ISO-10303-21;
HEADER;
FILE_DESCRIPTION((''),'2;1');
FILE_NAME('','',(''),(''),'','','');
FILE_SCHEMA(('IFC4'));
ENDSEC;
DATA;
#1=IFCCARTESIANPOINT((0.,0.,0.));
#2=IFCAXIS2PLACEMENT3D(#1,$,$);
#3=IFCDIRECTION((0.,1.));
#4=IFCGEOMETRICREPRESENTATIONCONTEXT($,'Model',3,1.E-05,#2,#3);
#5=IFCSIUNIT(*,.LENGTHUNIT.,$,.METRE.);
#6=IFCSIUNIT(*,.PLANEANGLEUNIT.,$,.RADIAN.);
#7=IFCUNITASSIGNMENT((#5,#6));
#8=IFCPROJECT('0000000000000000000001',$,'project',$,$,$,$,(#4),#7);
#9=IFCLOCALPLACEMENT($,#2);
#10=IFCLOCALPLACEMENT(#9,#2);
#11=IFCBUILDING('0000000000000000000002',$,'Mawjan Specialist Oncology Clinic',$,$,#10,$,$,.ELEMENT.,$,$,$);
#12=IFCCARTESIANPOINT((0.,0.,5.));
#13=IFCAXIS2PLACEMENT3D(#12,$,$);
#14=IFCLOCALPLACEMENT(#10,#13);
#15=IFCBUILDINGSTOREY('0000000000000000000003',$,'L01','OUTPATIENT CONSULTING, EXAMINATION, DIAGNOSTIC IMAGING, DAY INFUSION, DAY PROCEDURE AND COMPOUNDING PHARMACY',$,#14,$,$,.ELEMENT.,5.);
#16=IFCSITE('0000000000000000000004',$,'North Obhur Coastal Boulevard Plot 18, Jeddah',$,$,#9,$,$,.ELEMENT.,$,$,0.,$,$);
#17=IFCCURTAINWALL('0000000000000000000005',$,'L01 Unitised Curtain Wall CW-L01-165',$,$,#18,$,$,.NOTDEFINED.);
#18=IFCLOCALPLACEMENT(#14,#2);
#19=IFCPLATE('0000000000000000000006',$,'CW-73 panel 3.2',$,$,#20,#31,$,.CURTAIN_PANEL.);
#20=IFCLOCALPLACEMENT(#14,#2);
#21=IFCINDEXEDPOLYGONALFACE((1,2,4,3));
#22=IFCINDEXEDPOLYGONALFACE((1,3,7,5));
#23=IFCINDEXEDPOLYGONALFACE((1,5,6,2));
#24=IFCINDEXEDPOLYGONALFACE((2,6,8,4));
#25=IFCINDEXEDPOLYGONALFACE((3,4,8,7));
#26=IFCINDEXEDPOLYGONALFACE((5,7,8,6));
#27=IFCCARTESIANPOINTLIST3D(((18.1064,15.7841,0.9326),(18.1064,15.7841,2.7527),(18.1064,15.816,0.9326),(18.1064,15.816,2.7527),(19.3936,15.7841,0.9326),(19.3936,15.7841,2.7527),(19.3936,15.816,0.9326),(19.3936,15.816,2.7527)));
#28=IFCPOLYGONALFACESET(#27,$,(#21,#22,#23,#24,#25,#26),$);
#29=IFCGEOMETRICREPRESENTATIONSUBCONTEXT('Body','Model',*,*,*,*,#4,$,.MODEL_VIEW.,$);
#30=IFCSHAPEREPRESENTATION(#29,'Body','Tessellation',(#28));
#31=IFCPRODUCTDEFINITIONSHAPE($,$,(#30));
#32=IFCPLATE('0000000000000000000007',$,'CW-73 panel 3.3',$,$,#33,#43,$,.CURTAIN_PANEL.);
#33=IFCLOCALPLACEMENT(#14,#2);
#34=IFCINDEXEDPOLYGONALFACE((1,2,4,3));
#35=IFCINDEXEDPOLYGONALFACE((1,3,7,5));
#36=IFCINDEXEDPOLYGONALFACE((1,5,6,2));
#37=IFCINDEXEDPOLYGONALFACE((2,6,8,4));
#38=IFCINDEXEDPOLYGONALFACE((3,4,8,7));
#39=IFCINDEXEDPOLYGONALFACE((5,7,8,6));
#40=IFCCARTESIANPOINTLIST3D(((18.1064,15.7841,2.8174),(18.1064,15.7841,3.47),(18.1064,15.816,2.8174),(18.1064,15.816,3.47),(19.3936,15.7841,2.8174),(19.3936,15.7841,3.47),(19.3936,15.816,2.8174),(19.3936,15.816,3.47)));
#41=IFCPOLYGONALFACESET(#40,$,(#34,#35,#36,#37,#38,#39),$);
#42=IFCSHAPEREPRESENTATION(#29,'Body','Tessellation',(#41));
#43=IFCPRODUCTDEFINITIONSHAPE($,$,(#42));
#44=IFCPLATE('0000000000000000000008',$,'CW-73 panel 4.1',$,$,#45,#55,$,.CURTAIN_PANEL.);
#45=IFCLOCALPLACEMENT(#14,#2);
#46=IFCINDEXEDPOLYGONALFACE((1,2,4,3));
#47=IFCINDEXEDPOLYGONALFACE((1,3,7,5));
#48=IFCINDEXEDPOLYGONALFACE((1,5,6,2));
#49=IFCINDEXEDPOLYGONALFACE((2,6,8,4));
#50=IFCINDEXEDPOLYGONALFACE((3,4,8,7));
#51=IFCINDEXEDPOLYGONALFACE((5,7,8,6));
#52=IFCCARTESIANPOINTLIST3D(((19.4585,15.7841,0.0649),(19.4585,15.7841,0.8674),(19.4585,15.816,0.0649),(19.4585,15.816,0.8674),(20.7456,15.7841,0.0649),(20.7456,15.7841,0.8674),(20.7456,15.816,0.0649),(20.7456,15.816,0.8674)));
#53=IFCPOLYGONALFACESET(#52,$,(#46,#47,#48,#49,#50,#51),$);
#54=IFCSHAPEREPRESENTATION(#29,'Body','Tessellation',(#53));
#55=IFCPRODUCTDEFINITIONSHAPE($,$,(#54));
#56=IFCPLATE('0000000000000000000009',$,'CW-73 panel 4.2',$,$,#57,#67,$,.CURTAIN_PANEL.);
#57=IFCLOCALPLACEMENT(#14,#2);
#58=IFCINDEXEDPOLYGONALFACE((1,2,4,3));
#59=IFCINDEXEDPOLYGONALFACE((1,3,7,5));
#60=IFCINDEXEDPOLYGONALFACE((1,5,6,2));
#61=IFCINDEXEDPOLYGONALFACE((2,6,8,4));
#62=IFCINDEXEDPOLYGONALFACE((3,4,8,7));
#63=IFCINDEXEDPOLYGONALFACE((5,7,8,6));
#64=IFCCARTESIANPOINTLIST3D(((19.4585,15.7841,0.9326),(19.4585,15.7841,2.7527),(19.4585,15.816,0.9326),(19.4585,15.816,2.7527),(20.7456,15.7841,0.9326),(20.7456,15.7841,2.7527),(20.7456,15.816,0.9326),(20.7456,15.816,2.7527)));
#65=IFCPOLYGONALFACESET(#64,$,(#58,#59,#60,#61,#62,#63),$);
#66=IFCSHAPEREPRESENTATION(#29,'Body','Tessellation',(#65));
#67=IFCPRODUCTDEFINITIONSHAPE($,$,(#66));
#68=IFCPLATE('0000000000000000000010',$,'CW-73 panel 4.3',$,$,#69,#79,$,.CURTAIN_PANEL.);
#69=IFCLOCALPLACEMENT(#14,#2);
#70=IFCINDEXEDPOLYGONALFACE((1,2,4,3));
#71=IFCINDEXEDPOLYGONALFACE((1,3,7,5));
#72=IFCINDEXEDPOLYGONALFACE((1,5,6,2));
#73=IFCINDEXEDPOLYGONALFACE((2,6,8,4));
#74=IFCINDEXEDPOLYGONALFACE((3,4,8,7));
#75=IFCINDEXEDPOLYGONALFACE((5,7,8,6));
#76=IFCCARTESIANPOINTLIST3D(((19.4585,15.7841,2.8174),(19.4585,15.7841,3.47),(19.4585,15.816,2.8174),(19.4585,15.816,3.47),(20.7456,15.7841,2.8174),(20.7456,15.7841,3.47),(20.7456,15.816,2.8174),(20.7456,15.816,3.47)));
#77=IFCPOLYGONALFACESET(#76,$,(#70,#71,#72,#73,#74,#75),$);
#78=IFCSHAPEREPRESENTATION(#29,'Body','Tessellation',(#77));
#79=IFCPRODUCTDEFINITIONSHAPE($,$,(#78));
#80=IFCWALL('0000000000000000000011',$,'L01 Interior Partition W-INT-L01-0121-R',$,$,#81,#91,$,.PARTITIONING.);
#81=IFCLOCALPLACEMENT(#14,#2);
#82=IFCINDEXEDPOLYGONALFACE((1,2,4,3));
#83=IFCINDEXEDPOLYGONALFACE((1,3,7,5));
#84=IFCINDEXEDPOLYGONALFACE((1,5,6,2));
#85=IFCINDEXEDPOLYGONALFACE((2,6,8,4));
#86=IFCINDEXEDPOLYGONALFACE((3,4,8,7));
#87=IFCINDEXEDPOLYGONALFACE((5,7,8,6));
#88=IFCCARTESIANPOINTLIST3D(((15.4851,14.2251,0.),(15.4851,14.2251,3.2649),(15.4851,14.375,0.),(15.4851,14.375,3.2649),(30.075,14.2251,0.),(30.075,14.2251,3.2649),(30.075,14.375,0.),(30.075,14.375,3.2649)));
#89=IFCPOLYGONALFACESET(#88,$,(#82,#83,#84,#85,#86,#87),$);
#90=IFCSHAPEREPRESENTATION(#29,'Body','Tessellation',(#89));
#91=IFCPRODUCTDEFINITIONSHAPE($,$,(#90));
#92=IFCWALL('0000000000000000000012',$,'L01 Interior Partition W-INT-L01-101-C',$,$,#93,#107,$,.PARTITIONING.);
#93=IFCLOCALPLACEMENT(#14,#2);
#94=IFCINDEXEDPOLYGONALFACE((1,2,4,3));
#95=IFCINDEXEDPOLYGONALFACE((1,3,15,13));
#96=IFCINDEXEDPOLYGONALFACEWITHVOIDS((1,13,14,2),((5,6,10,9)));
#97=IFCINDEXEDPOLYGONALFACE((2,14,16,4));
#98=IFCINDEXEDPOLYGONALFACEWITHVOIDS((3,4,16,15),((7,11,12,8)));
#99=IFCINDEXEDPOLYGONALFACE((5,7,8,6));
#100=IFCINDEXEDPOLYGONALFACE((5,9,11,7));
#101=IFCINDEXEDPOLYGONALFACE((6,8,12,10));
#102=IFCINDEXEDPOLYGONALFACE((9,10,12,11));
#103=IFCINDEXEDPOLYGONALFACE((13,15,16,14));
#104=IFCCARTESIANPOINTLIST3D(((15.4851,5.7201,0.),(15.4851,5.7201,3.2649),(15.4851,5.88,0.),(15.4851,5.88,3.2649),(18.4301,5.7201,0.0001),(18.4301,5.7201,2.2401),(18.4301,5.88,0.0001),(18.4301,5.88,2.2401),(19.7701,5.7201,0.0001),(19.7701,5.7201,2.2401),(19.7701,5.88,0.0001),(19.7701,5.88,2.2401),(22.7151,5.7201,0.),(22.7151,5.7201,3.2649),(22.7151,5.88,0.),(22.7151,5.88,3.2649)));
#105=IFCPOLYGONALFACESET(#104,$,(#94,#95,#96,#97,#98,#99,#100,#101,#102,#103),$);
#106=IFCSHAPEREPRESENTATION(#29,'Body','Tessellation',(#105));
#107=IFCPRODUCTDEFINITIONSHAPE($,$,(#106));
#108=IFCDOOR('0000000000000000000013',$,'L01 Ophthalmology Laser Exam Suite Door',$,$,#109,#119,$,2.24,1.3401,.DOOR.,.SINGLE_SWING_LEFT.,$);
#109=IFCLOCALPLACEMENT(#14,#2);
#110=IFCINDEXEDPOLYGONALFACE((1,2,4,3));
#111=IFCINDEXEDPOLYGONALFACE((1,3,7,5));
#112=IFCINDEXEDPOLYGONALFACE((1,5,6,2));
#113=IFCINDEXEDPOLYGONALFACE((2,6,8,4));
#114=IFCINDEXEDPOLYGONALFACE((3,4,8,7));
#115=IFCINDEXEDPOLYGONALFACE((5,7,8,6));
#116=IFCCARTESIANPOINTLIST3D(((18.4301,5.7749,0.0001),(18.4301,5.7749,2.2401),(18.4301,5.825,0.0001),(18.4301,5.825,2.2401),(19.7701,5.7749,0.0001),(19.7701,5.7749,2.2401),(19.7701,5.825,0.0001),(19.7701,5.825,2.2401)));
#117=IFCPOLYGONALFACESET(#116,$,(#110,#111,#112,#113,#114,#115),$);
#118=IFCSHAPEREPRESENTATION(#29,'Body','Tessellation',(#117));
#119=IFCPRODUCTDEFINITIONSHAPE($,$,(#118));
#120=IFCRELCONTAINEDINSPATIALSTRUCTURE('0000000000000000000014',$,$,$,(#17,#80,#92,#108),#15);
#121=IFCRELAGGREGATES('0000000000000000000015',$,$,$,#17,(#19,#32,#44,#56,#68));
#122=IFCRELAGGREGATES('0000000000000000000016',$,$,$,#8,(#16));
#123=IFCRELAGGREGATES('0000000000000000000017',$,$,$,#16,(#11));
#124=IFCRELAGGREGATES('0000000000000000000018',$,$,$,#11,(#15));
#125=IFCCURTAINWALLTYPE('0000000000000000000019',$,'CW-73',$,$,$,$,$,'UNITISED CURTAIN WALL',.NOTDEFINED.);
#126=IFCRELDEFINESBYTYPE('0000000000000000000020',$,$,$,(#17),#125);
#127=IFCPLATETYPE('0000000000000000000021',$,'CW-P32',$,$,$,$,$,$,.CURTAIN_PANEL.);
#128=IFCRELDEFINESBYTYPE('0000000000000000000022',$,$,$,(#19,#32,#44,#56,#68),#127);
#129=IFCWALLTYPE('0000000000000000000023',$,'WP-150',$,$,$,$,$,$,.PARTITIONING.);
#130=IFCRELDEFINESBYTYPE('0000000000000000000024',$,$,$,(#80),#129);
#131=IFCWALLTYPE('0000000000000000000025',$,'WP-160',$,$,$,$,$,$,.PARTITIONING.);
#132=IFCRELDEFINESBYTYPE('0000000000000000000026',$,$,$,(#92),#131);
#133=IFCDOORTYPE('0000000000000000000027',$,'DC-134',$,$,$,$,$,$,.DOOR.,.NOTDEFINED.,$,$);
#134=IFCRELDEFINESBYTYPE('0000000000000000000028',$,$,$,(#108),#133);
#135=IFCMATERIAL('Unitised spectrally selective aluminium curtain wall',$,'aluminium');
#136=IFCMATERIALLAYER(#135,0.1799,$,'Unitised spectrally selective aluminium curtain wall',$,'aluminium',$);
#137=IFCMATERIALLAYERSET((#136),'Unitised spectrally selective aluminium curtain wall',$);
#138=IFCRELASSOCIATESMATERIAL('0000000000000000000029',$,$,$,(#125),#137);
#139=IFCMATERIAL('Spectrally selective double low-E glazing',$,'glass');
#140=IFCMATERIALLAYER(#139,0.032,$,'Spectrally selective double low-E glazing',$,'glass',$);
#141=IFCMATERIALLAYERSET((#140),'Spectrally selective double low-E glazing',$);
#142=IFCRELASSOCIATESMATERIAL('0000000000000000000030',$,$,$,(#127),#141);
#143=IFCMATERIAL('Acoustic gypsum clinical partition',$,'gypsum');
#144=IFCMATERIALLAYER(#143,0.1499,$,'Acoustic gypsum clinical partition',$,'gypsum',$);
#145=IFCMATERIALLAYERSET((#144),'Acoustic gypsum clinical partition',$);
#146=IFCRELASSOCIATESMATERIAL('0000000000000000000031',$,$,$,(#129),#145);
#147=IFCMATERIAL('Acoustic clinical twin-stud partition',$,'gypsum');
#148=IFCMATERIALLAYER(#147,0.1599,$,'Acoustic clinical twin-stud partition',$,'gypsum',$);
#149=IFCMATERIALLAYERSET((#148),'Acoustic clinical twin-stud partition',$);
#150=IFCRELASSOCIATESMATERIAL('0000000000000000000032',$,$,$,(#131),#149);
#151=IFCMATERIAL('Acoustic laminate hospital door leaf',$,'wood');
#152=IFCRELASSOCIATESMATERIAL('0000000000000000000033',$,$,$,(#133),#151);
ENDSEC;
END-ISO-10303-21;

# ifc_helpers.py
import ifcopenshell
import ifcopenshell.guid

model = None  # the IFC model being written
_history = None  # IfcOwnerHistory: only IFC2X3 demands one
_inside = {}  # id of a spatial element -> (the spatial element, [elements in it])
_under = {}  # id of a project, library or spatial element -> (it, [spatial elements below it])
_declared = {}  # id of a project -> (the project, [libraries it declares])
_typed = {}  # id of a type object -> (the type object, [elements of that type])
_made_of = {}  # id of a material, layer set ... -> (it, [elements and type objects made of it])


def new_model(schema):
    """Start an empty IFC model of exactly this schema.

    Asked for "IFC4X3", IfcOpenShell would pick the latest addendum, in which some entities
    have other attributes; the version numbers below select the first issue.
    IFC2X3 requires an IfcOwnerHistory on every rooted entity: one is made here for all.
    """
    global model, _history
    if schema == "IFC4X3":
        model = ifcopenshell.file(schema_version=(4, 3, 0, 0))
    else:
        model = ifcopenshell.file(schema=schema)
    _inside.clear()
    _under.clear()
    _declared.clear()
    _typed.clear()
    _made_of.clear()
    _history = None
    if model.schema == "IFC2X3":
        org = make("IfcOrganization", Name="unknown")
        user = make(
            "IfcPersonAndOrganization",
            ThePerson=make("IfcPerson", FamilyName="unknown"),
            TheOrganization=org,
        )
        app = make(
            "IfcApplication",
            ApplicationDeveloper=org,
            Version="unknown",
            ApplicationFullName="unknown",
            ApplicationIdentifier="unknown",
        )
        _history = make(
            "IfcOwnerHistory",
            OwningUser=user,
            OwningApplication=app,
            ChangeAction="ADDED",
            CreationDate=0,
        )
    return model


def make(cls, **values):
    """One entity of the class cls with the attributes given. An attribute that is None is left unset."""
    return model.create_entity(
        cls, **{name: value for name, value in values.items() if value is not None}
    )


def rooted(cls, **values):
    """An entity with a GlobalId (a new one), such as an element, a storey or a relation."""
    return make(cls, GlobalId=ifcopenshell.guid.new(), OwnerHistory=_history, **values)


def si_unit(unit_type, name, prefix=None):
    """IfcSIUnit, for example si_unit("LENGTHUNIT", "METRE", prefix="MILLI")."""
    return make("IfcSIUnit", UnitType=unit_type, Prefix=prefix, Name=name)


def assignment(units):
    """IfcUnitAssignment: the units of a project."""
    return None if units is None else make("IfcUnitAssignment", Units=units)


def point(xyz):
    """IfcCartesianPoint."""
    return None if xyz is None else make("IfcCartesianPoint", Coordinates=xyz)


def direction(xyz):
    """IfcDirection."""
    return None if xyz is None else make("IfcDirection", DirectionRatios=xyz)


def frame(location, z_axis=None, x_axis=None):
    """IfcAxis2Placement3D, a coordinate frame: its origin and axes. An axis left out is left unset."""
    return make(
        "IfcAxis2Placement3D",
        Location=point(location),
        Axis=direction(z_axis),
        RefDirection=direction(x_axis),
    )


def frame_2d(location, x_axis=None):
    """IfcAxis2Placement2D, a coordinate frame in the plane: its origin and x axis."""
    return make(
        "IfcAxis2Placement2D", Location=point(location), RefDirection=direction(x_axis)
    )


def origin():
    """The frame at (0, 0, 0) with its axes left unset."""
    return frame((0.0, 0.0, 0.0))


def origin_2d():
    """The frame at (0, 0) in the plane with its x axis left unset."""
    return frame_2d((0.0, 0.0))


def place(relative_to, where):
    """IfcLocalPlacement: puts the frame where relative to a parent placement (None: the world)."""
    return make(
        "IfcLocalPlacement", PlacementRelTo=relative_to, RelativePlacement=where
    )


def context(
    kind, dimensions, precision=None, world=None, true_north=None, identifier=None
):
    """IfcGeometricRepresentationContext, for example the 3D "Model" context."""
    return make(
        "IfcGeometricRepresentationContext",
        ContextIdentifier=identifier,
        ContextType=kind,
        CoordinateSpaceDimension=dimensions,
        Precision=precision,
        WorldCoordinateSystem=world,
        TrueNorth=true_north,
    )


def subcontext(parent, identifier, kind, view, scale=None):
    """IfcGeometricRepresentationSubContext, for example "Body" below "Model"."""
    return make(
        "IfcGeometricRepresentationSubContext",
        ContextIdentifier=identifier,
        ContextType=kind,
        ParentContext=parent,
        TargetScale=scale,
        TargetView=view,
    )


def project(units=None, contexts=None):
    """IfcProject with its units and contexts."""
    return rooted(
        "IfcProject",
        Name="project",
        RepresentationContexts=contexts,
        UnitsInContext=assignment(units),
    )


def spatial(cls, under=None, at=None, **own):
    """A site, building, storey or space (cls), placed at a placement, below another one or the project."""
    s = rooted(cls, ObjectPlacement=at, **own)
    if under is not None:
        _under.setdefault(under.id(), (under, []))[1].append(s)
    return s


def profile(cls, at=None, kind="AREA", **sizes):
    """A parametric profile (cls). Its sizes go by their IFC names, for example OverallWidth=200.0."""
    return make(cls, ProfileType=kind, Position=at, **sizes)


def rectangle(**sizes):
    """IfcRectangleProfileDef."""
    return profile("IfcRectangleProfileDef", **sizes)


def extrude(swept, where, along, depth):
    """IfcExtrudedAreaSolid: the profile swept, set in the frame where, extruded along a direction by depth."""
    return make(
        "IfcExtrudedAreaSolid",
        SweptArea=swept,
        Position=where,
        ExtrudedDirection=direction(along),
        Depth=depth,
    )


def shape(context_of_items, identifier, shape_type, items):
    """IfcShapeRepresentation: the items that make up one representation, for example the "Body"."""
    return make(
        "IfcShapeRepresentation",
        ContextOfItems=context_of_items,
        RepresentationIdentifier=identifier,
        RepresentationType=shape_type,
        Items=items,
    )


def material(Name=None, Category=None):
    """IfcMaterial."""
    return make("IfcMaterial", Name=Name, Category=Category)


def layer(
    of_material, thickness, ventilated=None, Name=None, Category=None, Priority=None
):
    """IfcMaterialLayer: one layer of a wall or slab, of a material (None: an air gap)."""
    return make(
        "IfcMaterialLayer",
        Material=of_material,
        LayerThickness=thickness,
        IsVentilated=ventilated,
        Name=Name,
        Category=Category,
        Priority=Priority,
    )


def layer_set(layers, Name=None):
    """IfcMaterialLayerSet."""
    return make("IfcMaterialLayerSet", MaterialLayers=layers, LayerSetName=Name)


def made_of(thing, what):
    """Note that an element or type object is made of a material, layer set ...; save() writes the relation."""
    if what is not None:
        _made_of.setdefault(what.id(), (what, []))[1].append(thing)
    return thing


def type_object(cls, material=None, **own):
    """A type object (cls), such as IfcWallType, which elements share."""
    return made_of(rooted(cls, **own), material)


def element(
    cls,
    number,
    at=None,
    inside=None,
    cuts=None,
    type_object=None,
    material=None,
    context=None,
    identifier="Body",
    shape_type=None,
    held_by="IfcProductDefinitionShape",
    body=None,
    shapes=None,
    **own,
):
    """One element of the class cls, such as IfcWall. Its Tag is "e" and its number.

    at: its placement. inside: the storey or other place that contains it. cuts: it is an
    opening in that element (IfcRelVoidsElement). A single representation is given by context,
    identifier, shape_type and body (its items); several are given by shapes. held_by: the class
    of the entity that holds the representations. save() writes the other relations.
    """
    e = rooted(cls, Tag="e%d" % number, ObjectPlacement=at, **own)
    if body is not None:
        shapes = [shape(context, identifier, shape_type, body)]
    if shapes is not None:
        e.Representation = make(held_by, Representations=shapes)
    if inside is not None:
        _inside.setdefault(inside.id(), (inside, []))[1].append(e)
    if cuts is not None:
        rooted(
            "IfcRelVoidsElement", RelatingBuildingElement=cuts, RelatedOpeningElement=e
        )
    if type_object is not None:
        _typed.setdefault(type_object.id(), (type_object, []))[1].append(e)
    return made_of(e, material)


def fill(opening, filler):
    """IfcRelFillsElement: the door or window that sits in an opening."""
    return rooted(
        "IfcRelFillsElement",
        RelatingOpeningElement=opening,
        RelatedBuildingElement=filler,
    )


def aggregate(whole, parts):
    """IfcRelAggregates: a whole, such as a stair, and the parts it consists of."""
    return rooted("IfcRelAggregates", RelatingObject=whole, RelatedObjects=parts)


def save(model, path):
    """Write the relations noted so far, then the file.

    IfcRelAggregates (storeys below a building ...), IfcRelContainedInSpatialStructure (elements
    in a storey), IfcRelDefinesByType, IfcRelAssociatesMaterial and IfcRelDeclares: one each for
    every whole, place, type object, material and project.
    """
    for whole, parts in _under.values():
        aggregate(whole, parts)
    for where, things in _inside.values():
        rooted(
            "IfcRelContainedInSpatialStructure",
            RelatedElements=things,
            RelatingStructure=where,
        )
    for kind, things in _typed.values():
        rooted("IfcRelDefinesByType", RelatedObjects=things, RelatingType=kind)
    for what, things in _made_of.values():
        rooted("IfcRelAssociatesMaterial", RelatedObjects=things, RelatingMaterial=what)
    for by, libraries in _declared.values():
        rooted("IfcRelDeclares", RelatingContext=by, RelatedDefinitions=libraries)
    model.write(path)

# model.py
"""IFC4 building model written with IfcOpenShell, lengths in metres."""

from ifc_helpers import new_model, si_unit, direction, frame, frame_2d, origin, origin_2d, place, context, subcontext, project, spatial, rectangle, extrude, material, layer, layer_set, type_object, element, fill, aggregate, save


model = new_model("IFC4")

# Units and contexts
model_context = context("Model", 3, precision=1e-05, world=origin(), true_north=direction((0.0, 1.0)))
body_context = subcontext(model_context, "Body", "Model", "MODEL_VIEW")
ifc_project = project(units=[si_unit("LENGTHUNIT", "METRE"), si_unit("PLANEANGLEUNIT", "RADIAN")], contexts=[model_context])

# Site, building, storey
site_placement = place(None, origin())
site = spatial("IfcSite", under=ifc_project, at=site_placement, Name="North Obhur Coastal Boulevard Plot 18, Jeddah", CompositionType="ELEMENT", RefElevation=0.0)
building_placement = place(site_placement, origin())
building = spatial("IfcBuilding", under=site, at=building_placement, Name="Mawjan Specialist Oncology Clinic", CompositionType="ELEMENT")
storey_placement = place(building_placement, frame((0.0, 0.0, 5.0)))
storey = spatial("IfcBuildingStorey", under=building, at=storey_placement, Name="L01", Description="OUTPATIENT CONSULTING, EXAMINATION, DIAGNOSTIC IMAGING, DAY INFUSION, DAY PROCEDURE AND COMPOUNDING PHARMACY", CompositionType="ELEMENT", Elevation=5.0)

# Curtain wall, plates
ifc_material_1 = material(Name="Unitised spectrally selective aluminium curtain wall", Category="aluminium")
ifc_layer_1 = layer(ifc_material_1, 0.1799, Name="Unitised spectrally selective aluminium curtain wall", Category="aluminium")
ifc_layer_set_1 = layer_set([ifc_layer_1], Name="Unitised spectrally selective aluminium curtain wall")
curtain_wall_type = type_object("IfcCurtainWallType", Name="CW-73", ElementType="UNITISED CURTAIN WALL", PredefinedType="NOTDEFINED", material=ifc_layer_set_1)
curtain_wall_placement = place(storey_placement, origin())
curtain_wall = element("IfcCurtainWall", 1, at=curtain_wall_placement, inside=storey, type_object=curtain_wall_type, Name="L01 Unitised Curtain Wall CW-L01-165", PredefinedType="NOTDEFINED")
ifc_material_2 = material(Name="Spectrally selective double low-E glazing", Category="glass")
ifc_layer_2 = layer(ifc_material_2, 0.032, Name="Spectrally selective double low-E glazing", Category="glass")
ifc_layer_set_2 = layer_set([ifc_layer_2], Name="Spectrally selective double low-E glazing")
plate_type = type_object("IfcPlateType", Name="CW-P32", PredefinedType="CURTAIN_PANEL", material=ifc_layer_set_2)
plate_1_placement = place(storey_placement, frame((18.75, 15.8, 0.9326), z_axis=(0.0, 0.0, 1.0), x_axis=(1.0, 0.0, 0.0)))
plate_1 = element("IfcPlate", 2, at=plate_1_placement, type_object=plate_type, Name="CW-73 panel 3.2", PredefinedType="CURTAIN_PANEL", context=body_context, shape_type="SweptSolid", body=[
    extrude(rectangle(XDim=1.2871, YDim=0.032, at=origin_2d()), origin(), (0.0, 0.0, 1.0), 1.8201),
])
plate_2_placement = place(storey_placement, frame((18.75, 15.8, 2.8174), z_axis=(0.0, 0.0, 1.0), x_axis=(1.0, 0.0, 0.0)))
plate_2 = element("IfcPlate", 3, at=plate_2_placement, type_object=plate_type, Name="CW-73 panel 3.3", PredefinedType="CURTAIN_PANEL", context=body_context, shape_type="SweptSolid", body=[
    extrude(rectangle(XDim=1.2871, YDim=0.032, at=origin_2d()), origin(), (0.0, 0.0, 1.0), 0.6526),
])
plate_3_placement = place(storey_placement, frame((20.1021, 15.8, 0.0649), z_axis=(0.0, 0.0, 1.0), x_axis=(1.0, 0.0, 0.0)))
plate_3 = element("IfcPlate", 4, at=plate_3_placement, type_object=plate_type, Name="CW-73 panel 4.1", PredefinedType="CURTAIN_PANEL", context=body_context, shape_type="SweptSolid", body=[
    extrude(rectangle(XDim=1.2871, YDim=0.032, at=origin_2d()), origin(), (0.0, 0.0, 1.0), 0.8025),
])
plate_4_placement = place(storey_placement, frame((20.1021, 15.8, 0.9326), z_axis=(0.0, 0.0, 1.0), x_axis=(1.0, 0.0, 0.0)))
plate_4 = element("IfcPlate", 5, at=plate_4_placement, type_object=plate_type, Name="CW-73 panel 4.2", PredefinedType="CURTAIN_PANEL", context=body_context, shape_type="SweptSolid", body=[
    extrude(rectangle(XDim=1.2871, YDim=0.032, at=origin_2d()), origin(), (0.0, 0.0, 1.0), 1.8201),
])
plate_5_placement = place(storey_placement, frame((20.1021, 15.8, 2.8174), z_axis=(0.0, 0.0, 1.0), x_axis=(1.0, 0.0, 0.0)))
plate_5 = element("IfcPlate", 6, at=plate_5_placement, type_object=plate_type, Name="CW-73 panel 4.3", PredefinedType="CURTAIN_PANEL", context=body_context, shape_type="SweptSolid", body=[
    extrude(rectangle(XDim=1.2871, YDim=0.032, at=origin_2d()), origin(), (0.0, 0.0, 1.0), 0.6526),
])
aggregate(curtain_wall, [plate_1, plate_2, plate_3, plate_4, plate_5])

# Wall
ifc_material_3 = material(Name="Acoustic gypsum clinical partition", Category="gypsum")
ifc_layer_3 = layer(ifc_material_3, 0.1499, Name="Acoustic gypsum clinical partition", Category="gypsum")
ifc_layer_set_3 = layer_set([ifc_layer_3], Name="Acoustic gypsum clinical partition")
wall_type_1 = type_object("IfcWallType", Name="WP-150", PredefinedType="PARTITIONING", material=ifc_layer_set_3)
wall_1_placement = place(storey_placement, frame((15.4851, 14.3, 0.0), z_axis=(0.0, 0.0, 1.0), x_axis=(1.0, 0.0, 0.0)))
element("IfcWall", 7, at=wall_1_placement, inside=storey, type_object=wall_type_1, Name="L01 Interior Partition W-INT-L01-0121-R", PredefinedType="PARTITIONING", context=body_context, shape_type="SweptSolid", body=[
    extrude(rectangle(XDim=14.5898, YDim=0.1499, at=frame_2d((7.2949, 0.0))), origin(), (0.0, 0.0, 1.0), 3.2649),
])

# Wall, opening, door
ifc_material_4 = material(Name="Acoustic clinical twin-stud partition", Category="gypsum")
ifc_layer_4 = layer(ifc_material_4, 0.1599, Name="Acoustic clinical twin-stud partition", Category="gypsum")
ifc_layer_set_4 = layer_set([ifc_layer_4], Name="Acoustic clinical twin-stud partition")
wall_type_2 = type_object("IfcWallType", Name="WP-160", PredefinedType="PARTITIONING", material=ifc_layer_set_4)
wall_2_placement = place(storey_placement, frame((15.4851, 5.8, 0.0), z_axis=(0.0, 0.0, 1.0), x_axis=(1.0, 0.0, 0.0)))
wall_2 = element("IfcWall", 8, at=wall_2_placement, inside=storey, type_object=wall_type_2, Name="L01 Interior Partition W-INT-L01-101-C", PredefinedType="PARTITIONING", context=body_context, shape_type="SweptSolid", body=[
    extrude(rectangle(XDim=7.23, YDim=0.1599, at=frame_2d((3.615, 0.0))), origin(), (0.0, 0.0, 1.0), 3.2649),
])
opening_placement = place(wall_2_placement, frame((2.9451, 0.0, 0.0)))
opening = element("IfcOpeningElement", 9, at=opening_placement, cuts=wall_2, PredefinedType="OPENING", context=body_context, shape_type="SweptSolid", body=[
    extrude(rectangle(XDim=1.3401, YDim=2.24, at=frame_2d((0.6699, 1.1201))), frame((0.0, 0.092, 0.0), z_axis=(0.0, -1.0, 0.0), x_axis=(1.0, 0.0, 0.0)), (0.0, 0.0, 1.0), 0.1838),
])
ifc_material_5 = material(Name="Acoustic laminate hospital door leaf", Category="wood")
door_type = type_object("IfcDoorType", Name="DC-134", OperationType="NOTDEFINED", PredefinedType="DOOR", material=ifc_material_5)
door_placement = place(opening_placement, origin())
door = element("IfcDoor", 10, at=door_placement, inside=storey, type_object=door_type, Name="L01 Ophthalmology Laser Exam Suite Door", OperationType="SINGLE_SWING_LEFT", OverallHeight=2.24, OverallWidth=1.3401, PredefinedType="DOOR", context=body_context, shape_type="SweptSolid", body=[
    extrude(rectangle(XDim=1.3401, YDim=2.24, at=frame_2d((0.6699, 1.1201))), frame((0.0, 0.0249, 0.0), z_axis=(0.0, -1.0, 0.0), x_axis=(1.0, 0.0, 0.0)), (0.0, 0.0, 1.0), 0.05),
])
fill(opening, door)

save(model, "model.ifc")
